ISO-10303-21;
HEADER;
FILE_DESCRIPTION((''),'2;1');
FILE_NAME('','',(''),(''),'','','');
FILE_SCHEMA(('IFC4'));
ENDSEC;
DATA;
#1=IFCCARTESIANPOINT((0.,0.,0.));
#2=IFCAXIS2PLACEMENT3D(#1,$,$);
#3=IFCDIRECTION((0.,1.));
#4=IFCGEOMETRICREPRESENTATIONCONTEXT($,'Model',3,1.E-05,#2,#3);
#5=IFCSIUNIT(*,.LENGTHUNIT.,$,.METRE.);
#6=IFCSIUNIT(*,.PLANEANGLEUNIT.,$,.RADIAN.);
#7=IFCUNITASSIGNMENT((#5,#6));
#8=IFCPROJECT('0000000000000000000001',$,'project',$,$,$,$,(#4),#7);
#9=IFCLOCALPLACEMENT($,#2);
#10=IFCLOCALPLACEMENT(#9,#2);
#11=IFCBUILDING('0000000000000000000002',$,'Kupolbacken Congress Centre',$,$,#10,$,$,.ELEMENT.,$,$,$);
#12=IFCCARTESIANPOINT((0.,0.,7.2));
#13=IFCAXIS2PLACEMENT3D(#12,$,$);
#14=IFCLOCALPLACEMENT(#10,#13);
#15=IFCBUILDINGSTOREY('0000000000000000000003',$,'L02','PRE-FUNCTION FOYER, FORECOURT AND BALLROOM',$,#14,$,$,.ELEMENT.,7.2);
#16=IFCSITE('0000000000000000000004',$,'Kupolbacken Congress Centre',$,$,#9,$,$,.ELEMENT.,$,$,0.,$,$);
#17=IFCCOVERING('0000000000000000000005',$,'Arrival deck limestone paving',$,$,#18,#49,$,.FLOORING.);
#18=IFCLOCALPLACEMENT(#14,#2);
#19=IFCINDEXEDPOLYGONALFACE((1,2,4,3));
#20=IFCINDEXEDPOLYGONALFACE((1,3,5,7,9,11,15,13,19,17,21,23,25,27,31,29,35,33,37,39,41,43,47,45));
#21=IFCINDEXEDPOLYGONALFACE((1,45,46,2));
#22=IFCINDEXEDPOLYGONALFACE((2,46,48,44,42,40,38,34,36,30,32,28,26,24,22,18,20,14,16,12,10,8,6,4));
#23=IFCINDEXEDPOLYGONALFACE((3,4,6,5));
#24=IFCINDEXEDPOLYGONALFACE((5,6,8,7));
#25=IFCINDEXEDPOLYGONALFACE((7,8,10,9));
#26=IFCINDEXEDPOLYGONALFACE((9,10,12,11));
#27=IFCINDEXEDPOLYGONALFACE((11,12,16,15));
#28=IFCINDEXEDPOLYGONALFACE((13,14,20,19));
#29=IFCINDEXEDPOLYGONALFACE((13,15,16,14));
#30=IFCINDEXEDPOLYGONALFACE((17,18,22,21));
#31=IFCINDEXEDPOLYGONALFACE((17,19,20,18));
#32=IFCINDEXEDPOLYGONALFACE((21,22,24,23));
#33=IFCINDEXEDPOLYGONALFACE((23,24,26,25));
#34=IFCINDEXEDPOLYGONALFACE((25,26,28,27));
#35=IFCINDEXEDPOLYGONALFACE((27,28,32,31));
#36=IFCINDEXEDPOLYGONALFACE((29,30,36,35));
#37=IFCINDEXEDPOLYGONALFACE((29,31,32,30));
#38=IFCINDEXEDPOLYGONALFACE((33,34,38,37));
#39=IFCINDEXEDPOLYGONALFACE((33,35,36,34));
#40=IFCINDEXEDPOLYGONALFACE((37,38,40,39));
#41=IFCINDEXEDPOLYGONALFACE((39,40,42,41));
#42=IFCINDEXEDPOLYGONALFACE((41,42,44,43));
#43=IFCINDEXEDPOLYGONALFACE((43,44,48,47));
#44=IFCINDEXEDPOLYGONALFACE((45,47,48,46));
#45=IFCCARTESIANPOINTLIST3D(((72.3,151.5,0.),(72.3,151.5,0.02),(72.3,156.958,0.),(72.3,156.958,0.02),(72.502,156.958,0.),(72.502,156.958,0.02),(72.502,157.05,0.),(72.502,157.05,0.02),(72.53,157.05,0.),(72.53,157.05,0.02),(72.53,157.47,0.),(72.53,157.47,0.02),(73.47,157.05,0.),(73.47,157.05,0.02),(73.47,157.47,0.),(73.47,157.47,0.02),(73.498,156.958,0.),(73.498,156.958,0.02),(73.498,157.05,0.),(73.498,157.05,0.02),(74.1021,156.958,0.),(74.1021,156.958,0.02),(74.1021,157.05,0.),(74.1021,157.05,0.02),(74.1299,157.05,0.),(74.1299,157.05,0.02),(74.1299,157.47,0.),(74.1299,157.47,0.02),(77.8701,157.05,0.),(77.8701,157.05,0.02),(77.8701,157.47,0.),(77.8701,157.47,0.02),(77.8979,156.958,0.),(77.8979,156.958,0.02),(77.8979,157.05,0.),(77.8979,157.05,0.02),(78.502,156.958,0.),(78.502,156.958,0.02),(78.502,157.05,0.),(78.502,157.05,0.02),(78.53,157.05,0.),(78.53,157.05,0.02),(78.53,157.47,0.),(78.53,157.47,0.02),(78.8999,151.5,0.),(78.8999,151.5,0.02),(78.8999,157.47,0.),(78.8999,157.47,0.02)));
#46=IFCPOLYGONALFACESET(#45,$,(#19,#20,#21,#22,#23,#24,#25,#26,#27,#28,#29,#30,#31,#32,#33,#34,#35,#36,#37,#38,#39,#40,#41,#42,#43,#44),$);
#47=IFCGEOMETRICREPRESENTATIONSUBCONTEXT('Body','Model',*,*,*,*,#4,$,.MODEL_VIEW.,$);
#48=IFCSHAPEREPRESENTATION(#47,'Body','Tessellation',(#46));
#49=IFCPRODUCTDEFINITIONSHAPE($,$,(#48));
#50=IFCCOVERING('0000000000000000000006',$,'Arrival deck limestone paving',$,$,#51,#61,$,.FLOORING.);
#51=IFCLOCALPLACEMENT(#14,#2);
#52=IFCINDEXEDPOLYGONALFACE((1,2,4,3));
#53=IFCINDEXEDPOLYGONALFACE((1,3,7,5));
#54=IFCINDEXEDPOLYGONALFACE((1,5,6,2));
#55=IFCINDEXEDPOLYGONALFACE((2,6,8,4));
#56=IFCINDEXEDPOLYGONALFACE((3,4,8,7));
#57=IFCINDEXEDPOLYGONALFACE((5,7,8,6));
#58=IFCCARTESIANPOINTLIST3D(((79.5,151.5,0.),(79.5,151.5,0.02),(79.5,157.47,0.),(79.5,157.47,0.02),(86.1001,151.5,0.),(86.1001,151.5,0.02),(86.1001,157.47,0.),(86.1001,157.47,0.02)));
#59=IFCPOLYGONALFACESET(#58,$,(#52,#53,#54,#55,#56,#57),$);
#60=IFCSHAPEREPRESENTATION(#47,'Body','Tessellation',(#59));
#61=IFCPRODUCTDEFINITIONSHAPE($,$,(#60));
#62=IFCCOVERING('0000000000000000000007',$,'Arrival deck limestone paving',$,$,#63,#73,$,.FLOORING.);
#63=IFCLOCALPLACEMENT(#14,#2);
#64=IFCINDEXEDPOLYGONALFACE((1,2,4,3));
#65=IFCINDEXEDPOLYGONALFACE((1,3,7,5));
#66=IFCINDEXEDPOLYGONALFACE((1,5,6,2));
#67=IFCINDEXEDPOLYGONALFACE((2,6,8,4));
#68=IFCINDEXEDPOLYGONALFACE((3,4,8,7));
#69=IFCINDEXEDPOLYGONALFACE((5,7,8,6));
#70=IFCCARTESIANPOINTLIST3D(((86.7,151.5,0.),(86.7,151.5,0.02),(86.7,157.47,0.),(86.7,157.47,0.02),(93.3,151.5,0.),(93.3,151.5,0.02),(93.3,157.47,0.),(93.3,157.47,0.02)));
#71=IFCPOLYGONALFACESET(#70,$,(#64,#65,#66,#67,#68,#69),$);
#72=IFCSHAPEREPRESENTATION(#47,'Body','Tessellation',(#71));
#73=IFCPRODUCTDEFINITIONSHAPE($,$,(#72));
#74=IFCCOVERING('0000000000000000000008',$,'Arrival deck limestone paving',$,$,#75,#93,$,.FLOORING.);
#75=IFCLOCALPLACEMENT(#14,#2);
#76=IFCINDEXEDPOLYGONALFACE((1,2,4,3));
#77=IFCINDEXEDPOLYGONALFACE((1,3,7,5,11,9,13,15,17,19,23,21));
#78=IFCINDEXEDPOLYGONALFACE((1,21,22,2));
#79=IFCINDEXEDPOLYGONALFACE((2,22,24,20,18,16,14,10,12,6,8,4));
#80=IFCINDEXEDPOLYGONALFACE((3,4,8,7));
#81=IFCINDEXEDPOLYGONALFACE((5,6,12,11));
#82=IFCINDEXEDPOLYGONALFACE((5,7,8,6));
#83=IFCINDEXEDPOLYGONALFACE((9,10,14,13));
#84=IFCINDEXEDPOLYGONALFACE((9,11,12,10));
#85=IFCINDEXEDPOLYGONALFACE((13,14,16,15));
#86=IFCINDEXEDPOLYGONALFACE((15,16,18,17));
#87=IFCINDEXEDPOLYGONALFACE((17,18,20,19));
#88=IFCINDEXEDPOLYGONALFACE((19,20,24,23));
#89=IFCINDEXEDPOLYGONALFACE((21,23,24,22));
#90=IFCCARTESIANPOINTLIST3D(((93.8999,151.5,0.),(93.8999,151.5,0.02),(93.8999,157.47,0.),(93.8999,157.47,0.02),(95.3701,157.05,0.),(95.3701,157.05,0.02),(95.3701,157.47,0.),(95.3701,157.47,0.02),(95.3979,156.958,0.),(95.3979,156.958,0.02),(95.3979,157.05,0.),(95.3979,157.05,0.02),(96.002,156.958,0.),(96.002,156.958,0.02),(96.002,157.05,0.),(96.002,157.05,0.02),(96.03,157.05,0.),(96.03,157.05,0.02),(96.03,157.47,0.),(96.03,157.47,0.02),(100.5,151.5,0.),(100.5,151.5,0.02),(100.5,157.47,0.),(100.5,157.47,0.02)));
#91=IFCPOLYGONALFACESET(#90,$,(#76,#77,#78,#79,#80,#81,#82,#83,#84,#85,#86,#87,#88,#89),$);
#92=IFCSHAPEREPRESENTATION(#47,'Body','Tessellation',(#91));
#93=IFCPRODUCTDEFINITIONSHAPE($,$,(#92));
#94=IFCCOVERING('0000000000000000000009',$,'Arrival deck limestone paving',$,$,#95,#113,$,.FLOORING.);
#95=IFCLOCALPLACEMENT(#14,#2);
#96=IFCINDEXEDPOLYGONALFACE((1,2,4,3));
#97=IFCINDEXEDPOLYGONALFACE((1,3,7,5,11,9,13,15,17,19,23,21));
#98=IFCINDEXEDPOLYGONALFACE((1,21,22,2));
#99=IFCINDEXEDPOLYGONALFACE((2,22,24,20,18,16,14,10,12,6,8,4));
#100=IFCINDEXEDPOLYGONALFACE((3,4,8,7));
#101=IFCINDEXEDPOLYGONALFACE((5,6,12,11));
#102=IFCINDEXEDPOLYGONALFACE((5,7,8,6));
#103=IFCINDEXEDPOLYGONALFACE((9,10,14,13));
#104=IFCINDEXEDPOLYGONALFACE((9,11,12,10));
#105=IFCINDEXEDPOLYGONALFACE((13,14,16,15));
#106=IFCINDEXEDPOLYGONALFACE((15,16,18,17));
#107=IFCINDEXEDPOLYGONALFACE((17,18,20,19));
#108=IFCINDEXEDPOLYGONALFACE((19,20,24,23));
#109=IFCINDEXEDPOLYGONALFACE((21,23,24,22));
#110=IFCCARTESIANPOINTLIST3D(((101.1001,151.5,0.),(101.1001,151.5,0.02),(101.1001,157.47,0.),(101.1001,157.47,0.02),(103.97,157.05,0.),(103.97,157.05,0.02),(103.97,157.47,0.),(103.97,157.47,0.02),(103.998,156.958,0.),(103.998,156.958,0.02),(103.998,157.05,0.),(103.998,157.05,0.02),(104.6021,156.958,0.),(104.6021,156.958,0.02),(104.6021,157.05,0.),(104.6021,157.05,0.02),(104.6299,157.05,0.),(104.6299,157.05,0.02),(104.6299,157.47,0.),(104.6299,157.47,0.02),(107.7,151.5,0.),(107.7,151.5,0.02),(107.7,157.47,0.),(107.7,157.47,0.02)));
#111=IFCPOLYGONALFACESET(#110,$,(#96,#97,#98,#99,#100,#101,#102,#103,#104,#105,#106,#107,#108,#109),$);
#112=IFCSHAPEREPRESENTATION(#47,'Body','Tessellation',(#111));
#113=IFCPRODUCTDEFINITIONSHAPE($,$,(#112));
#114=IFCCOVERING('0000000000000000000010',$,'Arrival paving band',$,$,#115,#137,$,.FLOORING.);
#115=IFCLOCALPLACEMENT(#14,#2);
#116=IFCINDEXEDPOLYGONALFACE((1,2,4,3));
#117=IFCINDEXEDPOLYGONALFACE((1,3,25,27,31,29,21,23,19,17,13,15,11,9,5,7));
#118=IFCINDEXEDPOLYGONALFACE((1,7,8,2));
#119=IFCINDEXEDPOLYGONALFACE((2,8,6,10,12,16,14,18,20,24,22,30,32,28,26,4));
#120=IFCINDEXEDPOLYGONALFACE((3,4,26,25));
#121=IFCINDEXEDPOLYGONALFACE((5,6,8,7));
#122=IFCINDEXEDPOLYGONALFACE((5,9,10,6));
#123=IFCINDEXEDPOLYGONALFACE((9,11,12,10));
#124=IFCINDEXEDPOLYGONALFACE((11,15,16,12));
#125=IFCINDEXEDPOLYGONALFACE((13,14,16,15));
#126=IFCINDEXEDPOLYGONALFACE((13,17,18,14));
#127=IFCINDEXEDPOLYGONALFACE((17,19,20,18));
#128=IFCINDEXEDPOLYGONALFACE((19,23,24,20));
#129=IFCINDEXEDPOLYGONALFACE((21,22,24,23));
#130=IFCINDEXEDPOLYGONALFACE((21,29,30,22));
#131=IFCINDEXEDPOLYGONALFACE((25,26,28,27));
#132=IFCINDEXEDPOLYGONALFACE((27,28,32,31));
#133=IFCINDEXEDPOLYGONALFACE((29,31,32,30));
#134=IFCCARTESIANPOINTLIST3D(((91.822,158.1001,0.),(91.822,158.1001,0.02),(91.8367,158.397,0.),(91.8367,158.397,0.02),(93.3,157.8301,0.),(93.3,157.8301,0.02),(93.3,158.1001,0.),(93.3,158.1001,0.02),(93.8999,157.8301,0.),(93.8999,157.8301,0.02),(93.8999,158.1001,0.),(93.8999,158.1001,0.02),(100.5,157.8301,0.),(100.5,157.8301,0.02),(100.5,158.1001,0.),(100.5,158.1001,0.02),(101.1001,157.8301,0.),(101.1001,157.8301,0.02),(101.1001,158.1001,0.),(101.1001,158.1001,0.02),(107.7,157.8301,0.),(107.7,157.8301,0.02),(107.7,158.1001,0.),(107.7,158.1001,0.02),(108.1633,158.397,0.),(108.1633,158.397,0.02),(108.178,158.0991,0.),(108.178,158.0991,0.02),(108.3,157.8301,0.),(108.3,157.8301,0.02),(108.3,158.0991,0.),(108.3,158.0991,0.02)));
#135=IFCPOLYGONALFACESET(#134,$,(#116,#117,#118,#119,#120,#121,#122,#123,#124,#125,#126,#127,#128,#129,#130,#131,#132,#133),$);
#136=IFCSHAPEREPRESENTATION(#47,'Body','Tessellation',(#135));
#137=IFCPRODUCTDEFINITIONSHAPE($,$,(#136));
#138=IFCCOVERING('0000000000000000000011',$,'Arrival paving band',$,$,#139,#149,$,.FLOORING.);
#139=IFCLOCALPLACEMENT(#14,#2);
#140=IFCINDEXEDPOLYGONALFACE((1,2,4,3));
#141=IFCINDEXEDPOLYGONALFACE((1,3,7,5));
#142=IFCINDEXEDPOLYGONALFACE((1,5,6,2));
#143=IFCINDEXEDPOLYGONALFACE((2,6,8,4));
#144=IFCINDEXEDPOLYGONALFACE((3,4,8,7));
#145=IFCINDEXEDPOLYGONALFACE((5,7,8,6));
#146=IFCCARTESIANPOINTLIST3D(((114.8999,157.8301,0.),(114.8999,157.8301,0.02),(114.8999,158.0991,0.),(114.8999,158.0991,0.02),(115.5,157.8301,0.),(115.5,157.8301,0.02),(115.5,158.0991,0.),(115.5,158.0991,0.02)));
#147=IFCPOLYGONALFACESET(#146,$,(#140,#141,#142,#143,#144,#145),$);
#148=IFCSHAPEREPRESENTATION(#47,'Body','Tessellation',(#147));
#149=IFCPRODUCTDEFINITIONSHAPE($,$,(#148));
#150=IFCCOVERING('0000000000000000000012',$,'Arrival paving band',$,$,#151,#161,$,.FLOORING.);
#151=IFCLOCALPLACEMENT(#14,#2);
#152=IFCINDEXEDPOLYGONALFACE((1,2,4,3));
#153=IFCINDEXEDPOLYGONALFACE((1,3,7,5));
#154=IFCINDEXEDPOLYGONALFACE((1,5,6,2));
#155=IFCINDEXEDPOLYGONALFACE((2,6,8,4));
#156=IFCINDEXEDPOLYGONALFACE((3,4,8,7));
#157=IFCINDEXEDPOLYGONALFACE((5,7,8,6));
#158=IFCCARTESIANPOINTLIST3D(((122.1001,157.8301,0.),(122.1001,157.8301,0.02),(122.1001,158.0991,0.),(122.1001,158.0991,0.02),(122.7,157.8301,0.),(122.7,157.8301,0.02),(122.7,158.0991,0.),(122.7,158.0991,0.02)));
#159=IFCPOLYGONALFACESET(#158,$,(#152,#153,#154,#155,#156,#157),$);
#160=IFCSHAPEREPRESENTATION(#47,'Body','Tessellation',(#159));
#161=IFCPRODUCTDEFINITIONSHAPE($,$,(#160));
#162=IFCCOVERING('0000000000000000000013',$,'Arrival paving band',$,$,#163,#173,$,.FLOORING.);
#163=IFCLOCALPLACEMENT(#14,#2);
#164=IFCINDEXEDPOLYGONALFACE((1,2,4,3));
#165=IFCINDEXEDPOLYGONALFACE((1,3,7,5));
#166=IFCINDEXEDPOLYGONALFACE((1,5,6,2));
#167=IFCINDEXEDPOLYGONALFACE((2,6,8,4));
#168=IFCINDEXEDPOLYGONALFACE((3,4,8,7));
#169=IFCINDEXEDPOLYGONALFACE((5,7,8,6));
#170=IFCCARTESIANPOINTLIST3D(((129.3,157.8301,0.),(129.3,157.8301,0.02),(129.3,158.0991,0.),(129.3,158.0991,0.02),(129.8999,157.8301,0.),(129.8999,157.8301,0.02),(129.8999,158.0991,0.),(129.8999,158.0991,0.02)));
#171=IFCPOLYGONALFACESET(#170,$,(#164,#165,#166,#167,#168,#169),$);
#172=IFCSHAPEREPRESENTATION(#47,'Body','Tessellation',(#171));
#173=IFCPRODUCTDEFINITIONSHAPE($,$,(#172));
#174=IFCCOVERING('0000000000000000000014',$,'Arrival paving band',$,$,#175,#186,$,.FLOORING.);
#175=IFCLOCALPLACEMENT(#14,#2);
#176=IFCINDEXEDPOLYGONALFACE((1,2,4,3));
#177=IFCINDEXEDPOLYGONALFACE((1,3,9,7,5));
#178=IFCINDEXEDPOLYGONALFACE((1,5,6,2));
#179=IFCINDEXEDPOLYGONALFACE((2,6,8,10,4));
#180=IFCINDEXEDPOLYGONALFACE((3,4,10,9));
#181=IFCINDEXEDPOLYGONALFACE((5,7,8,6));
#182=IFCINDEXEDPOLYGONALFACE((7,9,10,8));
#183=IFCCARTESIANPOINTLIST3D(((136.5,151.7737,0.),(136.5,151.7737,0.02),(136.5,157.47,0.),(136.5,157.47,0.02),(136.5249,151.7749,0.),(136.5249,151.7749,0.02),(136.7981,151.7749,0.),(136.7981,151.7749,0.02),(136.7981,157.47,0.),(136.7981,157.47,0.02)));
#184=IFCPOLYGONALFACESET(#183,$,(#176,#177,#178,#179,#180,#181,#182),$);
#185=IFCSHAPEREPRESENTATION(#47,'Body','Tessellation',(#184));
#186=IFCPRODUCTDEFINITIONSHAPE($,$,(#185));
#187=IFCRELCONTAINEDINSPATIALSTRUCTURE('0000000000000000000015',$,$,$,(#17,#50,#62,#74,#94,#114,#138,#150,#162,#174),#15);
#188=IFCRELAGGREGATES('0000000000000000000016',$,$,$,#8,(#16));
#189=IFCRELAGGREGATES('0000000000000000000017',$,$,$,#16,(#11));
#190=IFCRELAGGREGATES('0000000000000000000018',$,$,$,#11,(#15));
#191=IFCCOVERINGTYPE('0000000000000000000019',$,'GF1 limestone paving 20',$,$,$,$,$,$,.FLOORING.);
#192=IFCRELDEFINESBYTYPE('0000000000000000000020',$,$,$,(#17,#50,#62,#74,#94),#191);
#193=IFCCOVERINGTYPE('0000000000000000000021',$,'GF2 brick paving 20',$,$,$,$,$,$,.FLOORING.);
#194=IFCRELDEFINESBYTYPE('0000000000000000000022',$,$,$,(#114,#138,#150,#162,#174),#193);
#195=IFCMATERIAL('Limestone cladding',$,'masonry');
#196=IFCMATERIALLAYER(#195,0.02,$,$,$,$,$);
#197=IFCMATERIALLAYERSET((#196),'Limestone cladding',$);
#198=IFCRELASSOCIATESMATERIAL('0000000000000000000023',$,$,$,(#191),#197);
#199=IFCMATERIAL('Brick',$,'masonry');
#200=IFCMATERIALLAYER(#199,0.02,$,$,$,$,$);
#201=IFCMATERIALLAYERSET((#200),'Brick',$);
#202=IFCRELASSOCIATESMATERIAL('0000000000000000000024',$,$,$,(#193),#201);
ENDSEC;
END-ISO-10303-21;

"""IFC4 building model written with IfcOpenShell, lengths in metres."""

from ifc_helpers import new_model, si_unit, direction, frame, origin, place, context, subcontext, project, spatial, polyline, outline, extrude, material, layer, layer_set, type_object, element, save


model = new_model("IFC4")

# Units and contexts
model_context = context("Model", 3, precision=1e-05, world=origin(), true_north=direction((0.0, 1.0)))
body_context = subcontext(model_context, "Body", "Model", "MODEL_VIEW")
ifc_project = project(units=[si_unit("LENGTHUNIT", "METRE"), si_unit("PLANEANGLEUNIT", "RADIAN")], contexts=[model_context])

# Site, building, storey
site_placement = place(None, origin())
site = spatial("IfcSite", under=ifc_project, at=site_placement, Name="Kupolbacken Congress Centre", CompositionType="ELEMENT", RefElevation=0.0)
building_placement = place(site_placement, origin())
building = spatial("IfcBuilding", under=site, at=building_placement, Name="Kupolbacken Congress Centre", CompositionType="ELEMENT")
storey_placement = place(building_placement, frame((0.0, 0.0, 7.2)))
storey = spatial("IfcBuildingStorey", under=building, at=storey_placement, Name="L02", Description="PRE-FUNCTION FOYER, FORECOURT AND BALLROOM", CompositionType="ELEMENT", Elevation=7.2)

# Coverings
ifc_material_1 = material(Name="Limestone cladding", Category="masonry")
ifc_layer_1 = layer(ifc_material_1, 0.02)
ifc_layer_set_1 = layer_set([ifc_layer_1], Name="Limestone cladding")
covering_type_1 = type_object("IfcCoveringType", Name="GF1 limestone paving 20", PredefinedType="FLOORING", material=ifc_layer_set_1)
covering_1_placement = place(storey_placement, origin())
element("IfcCovering", 1, at=covering_1_placement, inside=storey, type_object=covering_type_1, Name="Arrival deck limestone paving", PredefinedType="FLOORING", context=body_context, shape_type="SweptSolid", body=[
    extrude(outline(polyline([(72.502, 156.958), (72.502, 157.05), (72.53, 157.05), (72.53, 157.47), (73.47, 157.47), (73.47, 157.05), (73.498, 157.05), (73.498, 156.958), (74.1021, 156.958), (74.1021, 157.05), (74.1299, 157.05), (74.1299, 157.47), (77.8701, 157.47), (77.8701, 157.05), (77.8979, 157.05), (77.8979, 156.958), (78.502, 156.958), (78.502, 157.05), (78.53, 157.05), (78.53, 157.47), (78.8999, 157.47), (78.8999, 151.5), (72.3, 151.5), (72.3, 156.958), (72.502, 156.958)])), origin(), (0.0, 0.0, 1.0), 0.02),
])
covering_2_placement = place(storey_placement, origin())
element("IfcCovering", 2, at=covering_2_placement, inside=storey, type_object=covering_type_1, Name="Arrival deck limestone paving", PredefinedType="FLOORING", context=body_context, shape_type="SweptSolid", body=[
    extrude(outline(polyline([(86.1001, 157.47), (86.1001, 151.5), (79.5, 151.5), (79.5, 157.47), (86.1001, 157.47)])), origin(), (0.0, 0.0, 1.0), 0.02),
])
covering_3_placement = place(storey_placement, origin())
element("IfcCovering", 3, at=covering_3_placement, inside=storey, type_object=covering_type_1, Name="Arrival deck limestone paving", PredefinedType="FLOORING", context=body_context, shape_type="SweptSolid", body=[
    extrude(outline(polyline([(93.3, 157.47), (93.3, 151.5), (86.7, 151.5), (86.7, 157.47), (93.3, 157.47)])), origin(), (0.0, 0.0, 1.0), 0.02),
])
covering_4_placement = place(storey_placement, origin())
element("IfcCovering", 4, at=covering_4_placement, inside=storey, type_object=covering_type_1, Name="Arrival deck limestone paving", PredefinedType="FLOORING", context=body_context, shape_type="SweptSolid", body=[
    extrude(outline(polyline([(95.3701, 157.47), (95.3701, 157.05), (95.3979, 157.05), (95.3979, 156.958), (96.002, 156.958), (96.002, 157.05), (96.03, 157.05), (96.03, 157.47), (100.5, 157.47), (100.5, 151.5), (93.8999, 151.5), (93.8999, 157.47), (95.3701, 157.47)])), origin(), (0.0, 0.0, 1.0), 0.02),
])
covering_5_placement = place(storey_placement, origin())
element("IfcCovering", 5, at=covering_5_placement, inside=storey, type_object=covering_type_1, Name="Arrival deck limestone paving", PredefinedType="FLOORING", context=body_context, shape_type="SweptSolid", body=[
    extrude(outline(polyline([(103.97, 157.47), (103.97, 157.05), (103.998, 157.05), (103.998, 156.958), (104.6021, 156.958), (104.6021, 157.05), (104.6299, 157.05), (104.6299, 157.47), (107.7, 157.47), (107.7, 151.5), (101.1001, 151.5), (101.1001, 157.47), (103.97, 157.47)])), origin(), (0.0, 0.0, 1.0), 0.02),
])
ifc_material_2 = material(Name="Brick", Category="masonry")
ifc_layer_2 = layer(ifc_material_2, 0.02)
ifc_layer_set_2 = layer_set([ifc_layer_2], Name="Brick")
covering_type_2 = type_object("IfcCoveringType", Name="GF2 brick paving 20", PredefinedType="FLOORING", material=ifc_layer_set_2)
covering_6_placement = place(storey_placement, origin())
element("IfcCovering", 6, at=covering_6_placement, inside=storey, type_object=covering_type_2, Name="Arrival paving band", PredefinedType="FLOORING", context=body_context, shape_type="SweptSolid", body=[
    extrude(outline(polyline([(93.3, 158.1001), (91.822, 158.1001), (91.8367, 158.397), (108.1633, 158.397), (108.178, 158.0991), (108.3, 158.0991), (108.3, 157.8301), (107.7, 157.8301), (107.7, 158.1001), (101.1001, 158.1001), (101.1001, 157.8301), (100.5, 157.8301), (100.5, 158.1001), (93.8999, 158.1001), (93.8999, 157.8301), (93.3, 157.8301), (93.3, 158.1001)])), origin(), (0.0, 0.0, 1.0), 0.02),
])
covering_7_placement = place(storey_placement, origin())
element("IfcCovering", 7, at=covering_7_placement, inside=storey, type_object=covering_type_2, Name="Arrival paving band", PredefinedType="FLOORING", context=body_context, shape_type="SweptSolid", body=[
    extrude(outline(polyline([(114.8999, 158.0991), (115.5, 158.0991), (115.5, 157.8301), (114.8999, 157.8301), (114.8999, 158.0991)])), origin(), (0.0, 0.0, 1.0), 0.02),
])
covering_8_placement = place(storey_placement, origin())
element("IfcCovering", 8, at=covering_8_placement, inside=storey, type_object=covering_type_2, Name="Arrival paving band", PredefinedType="FLOORING", context=body_context, shape_type="SweptSolid", body=[
    extrude(outline(polyline([(122.1001, 158.0991), (122.7, 158.0991), (122.7, 157.8301), (122.1001, 157.8301), (122.1001, 158.0991)])), origin(), (0.0, 0.0, 1.0), 0.02),
])
covering_9_placement = place(storey_placement, origin())
element("IfcCovering", 9, at=covering_9_placement, inside=storey, type_object=covering_type_2, Name="Arrival paving band", PredefinedType="FLOORING", context=body_context, shape_type="SweptSolid", body=[
    extrude(outline(polyline([(129.3, 158.0991), (129.8999, 158.0991), (129.8999, 157.8301), (129.3, 157.8301), (129.3, 158.0991)])), origin(), (0.0, 0.0, 1.0), 0.02),
])
covering_10_placement = place(storey_placement, origin())
element("IfcCovering", 10, at=covering_10_placement, inside=storey, type_object=covering_type_2, Name="Arrival paving band", PredefinedType="FLOORING", context=body_context, shape_type="SweptSolid", body=[
    extrude(outline(polyline([(136.5, 157.47), (136.7981, 157.47), (136.7981, 151.7749), (136.5249, 151.7749), (136.5, 151.7737), (136.5, 157.47)])), origin(), (0.0, 0.0, 1.0), 0.02),
])

save(model, "model.ifc")
